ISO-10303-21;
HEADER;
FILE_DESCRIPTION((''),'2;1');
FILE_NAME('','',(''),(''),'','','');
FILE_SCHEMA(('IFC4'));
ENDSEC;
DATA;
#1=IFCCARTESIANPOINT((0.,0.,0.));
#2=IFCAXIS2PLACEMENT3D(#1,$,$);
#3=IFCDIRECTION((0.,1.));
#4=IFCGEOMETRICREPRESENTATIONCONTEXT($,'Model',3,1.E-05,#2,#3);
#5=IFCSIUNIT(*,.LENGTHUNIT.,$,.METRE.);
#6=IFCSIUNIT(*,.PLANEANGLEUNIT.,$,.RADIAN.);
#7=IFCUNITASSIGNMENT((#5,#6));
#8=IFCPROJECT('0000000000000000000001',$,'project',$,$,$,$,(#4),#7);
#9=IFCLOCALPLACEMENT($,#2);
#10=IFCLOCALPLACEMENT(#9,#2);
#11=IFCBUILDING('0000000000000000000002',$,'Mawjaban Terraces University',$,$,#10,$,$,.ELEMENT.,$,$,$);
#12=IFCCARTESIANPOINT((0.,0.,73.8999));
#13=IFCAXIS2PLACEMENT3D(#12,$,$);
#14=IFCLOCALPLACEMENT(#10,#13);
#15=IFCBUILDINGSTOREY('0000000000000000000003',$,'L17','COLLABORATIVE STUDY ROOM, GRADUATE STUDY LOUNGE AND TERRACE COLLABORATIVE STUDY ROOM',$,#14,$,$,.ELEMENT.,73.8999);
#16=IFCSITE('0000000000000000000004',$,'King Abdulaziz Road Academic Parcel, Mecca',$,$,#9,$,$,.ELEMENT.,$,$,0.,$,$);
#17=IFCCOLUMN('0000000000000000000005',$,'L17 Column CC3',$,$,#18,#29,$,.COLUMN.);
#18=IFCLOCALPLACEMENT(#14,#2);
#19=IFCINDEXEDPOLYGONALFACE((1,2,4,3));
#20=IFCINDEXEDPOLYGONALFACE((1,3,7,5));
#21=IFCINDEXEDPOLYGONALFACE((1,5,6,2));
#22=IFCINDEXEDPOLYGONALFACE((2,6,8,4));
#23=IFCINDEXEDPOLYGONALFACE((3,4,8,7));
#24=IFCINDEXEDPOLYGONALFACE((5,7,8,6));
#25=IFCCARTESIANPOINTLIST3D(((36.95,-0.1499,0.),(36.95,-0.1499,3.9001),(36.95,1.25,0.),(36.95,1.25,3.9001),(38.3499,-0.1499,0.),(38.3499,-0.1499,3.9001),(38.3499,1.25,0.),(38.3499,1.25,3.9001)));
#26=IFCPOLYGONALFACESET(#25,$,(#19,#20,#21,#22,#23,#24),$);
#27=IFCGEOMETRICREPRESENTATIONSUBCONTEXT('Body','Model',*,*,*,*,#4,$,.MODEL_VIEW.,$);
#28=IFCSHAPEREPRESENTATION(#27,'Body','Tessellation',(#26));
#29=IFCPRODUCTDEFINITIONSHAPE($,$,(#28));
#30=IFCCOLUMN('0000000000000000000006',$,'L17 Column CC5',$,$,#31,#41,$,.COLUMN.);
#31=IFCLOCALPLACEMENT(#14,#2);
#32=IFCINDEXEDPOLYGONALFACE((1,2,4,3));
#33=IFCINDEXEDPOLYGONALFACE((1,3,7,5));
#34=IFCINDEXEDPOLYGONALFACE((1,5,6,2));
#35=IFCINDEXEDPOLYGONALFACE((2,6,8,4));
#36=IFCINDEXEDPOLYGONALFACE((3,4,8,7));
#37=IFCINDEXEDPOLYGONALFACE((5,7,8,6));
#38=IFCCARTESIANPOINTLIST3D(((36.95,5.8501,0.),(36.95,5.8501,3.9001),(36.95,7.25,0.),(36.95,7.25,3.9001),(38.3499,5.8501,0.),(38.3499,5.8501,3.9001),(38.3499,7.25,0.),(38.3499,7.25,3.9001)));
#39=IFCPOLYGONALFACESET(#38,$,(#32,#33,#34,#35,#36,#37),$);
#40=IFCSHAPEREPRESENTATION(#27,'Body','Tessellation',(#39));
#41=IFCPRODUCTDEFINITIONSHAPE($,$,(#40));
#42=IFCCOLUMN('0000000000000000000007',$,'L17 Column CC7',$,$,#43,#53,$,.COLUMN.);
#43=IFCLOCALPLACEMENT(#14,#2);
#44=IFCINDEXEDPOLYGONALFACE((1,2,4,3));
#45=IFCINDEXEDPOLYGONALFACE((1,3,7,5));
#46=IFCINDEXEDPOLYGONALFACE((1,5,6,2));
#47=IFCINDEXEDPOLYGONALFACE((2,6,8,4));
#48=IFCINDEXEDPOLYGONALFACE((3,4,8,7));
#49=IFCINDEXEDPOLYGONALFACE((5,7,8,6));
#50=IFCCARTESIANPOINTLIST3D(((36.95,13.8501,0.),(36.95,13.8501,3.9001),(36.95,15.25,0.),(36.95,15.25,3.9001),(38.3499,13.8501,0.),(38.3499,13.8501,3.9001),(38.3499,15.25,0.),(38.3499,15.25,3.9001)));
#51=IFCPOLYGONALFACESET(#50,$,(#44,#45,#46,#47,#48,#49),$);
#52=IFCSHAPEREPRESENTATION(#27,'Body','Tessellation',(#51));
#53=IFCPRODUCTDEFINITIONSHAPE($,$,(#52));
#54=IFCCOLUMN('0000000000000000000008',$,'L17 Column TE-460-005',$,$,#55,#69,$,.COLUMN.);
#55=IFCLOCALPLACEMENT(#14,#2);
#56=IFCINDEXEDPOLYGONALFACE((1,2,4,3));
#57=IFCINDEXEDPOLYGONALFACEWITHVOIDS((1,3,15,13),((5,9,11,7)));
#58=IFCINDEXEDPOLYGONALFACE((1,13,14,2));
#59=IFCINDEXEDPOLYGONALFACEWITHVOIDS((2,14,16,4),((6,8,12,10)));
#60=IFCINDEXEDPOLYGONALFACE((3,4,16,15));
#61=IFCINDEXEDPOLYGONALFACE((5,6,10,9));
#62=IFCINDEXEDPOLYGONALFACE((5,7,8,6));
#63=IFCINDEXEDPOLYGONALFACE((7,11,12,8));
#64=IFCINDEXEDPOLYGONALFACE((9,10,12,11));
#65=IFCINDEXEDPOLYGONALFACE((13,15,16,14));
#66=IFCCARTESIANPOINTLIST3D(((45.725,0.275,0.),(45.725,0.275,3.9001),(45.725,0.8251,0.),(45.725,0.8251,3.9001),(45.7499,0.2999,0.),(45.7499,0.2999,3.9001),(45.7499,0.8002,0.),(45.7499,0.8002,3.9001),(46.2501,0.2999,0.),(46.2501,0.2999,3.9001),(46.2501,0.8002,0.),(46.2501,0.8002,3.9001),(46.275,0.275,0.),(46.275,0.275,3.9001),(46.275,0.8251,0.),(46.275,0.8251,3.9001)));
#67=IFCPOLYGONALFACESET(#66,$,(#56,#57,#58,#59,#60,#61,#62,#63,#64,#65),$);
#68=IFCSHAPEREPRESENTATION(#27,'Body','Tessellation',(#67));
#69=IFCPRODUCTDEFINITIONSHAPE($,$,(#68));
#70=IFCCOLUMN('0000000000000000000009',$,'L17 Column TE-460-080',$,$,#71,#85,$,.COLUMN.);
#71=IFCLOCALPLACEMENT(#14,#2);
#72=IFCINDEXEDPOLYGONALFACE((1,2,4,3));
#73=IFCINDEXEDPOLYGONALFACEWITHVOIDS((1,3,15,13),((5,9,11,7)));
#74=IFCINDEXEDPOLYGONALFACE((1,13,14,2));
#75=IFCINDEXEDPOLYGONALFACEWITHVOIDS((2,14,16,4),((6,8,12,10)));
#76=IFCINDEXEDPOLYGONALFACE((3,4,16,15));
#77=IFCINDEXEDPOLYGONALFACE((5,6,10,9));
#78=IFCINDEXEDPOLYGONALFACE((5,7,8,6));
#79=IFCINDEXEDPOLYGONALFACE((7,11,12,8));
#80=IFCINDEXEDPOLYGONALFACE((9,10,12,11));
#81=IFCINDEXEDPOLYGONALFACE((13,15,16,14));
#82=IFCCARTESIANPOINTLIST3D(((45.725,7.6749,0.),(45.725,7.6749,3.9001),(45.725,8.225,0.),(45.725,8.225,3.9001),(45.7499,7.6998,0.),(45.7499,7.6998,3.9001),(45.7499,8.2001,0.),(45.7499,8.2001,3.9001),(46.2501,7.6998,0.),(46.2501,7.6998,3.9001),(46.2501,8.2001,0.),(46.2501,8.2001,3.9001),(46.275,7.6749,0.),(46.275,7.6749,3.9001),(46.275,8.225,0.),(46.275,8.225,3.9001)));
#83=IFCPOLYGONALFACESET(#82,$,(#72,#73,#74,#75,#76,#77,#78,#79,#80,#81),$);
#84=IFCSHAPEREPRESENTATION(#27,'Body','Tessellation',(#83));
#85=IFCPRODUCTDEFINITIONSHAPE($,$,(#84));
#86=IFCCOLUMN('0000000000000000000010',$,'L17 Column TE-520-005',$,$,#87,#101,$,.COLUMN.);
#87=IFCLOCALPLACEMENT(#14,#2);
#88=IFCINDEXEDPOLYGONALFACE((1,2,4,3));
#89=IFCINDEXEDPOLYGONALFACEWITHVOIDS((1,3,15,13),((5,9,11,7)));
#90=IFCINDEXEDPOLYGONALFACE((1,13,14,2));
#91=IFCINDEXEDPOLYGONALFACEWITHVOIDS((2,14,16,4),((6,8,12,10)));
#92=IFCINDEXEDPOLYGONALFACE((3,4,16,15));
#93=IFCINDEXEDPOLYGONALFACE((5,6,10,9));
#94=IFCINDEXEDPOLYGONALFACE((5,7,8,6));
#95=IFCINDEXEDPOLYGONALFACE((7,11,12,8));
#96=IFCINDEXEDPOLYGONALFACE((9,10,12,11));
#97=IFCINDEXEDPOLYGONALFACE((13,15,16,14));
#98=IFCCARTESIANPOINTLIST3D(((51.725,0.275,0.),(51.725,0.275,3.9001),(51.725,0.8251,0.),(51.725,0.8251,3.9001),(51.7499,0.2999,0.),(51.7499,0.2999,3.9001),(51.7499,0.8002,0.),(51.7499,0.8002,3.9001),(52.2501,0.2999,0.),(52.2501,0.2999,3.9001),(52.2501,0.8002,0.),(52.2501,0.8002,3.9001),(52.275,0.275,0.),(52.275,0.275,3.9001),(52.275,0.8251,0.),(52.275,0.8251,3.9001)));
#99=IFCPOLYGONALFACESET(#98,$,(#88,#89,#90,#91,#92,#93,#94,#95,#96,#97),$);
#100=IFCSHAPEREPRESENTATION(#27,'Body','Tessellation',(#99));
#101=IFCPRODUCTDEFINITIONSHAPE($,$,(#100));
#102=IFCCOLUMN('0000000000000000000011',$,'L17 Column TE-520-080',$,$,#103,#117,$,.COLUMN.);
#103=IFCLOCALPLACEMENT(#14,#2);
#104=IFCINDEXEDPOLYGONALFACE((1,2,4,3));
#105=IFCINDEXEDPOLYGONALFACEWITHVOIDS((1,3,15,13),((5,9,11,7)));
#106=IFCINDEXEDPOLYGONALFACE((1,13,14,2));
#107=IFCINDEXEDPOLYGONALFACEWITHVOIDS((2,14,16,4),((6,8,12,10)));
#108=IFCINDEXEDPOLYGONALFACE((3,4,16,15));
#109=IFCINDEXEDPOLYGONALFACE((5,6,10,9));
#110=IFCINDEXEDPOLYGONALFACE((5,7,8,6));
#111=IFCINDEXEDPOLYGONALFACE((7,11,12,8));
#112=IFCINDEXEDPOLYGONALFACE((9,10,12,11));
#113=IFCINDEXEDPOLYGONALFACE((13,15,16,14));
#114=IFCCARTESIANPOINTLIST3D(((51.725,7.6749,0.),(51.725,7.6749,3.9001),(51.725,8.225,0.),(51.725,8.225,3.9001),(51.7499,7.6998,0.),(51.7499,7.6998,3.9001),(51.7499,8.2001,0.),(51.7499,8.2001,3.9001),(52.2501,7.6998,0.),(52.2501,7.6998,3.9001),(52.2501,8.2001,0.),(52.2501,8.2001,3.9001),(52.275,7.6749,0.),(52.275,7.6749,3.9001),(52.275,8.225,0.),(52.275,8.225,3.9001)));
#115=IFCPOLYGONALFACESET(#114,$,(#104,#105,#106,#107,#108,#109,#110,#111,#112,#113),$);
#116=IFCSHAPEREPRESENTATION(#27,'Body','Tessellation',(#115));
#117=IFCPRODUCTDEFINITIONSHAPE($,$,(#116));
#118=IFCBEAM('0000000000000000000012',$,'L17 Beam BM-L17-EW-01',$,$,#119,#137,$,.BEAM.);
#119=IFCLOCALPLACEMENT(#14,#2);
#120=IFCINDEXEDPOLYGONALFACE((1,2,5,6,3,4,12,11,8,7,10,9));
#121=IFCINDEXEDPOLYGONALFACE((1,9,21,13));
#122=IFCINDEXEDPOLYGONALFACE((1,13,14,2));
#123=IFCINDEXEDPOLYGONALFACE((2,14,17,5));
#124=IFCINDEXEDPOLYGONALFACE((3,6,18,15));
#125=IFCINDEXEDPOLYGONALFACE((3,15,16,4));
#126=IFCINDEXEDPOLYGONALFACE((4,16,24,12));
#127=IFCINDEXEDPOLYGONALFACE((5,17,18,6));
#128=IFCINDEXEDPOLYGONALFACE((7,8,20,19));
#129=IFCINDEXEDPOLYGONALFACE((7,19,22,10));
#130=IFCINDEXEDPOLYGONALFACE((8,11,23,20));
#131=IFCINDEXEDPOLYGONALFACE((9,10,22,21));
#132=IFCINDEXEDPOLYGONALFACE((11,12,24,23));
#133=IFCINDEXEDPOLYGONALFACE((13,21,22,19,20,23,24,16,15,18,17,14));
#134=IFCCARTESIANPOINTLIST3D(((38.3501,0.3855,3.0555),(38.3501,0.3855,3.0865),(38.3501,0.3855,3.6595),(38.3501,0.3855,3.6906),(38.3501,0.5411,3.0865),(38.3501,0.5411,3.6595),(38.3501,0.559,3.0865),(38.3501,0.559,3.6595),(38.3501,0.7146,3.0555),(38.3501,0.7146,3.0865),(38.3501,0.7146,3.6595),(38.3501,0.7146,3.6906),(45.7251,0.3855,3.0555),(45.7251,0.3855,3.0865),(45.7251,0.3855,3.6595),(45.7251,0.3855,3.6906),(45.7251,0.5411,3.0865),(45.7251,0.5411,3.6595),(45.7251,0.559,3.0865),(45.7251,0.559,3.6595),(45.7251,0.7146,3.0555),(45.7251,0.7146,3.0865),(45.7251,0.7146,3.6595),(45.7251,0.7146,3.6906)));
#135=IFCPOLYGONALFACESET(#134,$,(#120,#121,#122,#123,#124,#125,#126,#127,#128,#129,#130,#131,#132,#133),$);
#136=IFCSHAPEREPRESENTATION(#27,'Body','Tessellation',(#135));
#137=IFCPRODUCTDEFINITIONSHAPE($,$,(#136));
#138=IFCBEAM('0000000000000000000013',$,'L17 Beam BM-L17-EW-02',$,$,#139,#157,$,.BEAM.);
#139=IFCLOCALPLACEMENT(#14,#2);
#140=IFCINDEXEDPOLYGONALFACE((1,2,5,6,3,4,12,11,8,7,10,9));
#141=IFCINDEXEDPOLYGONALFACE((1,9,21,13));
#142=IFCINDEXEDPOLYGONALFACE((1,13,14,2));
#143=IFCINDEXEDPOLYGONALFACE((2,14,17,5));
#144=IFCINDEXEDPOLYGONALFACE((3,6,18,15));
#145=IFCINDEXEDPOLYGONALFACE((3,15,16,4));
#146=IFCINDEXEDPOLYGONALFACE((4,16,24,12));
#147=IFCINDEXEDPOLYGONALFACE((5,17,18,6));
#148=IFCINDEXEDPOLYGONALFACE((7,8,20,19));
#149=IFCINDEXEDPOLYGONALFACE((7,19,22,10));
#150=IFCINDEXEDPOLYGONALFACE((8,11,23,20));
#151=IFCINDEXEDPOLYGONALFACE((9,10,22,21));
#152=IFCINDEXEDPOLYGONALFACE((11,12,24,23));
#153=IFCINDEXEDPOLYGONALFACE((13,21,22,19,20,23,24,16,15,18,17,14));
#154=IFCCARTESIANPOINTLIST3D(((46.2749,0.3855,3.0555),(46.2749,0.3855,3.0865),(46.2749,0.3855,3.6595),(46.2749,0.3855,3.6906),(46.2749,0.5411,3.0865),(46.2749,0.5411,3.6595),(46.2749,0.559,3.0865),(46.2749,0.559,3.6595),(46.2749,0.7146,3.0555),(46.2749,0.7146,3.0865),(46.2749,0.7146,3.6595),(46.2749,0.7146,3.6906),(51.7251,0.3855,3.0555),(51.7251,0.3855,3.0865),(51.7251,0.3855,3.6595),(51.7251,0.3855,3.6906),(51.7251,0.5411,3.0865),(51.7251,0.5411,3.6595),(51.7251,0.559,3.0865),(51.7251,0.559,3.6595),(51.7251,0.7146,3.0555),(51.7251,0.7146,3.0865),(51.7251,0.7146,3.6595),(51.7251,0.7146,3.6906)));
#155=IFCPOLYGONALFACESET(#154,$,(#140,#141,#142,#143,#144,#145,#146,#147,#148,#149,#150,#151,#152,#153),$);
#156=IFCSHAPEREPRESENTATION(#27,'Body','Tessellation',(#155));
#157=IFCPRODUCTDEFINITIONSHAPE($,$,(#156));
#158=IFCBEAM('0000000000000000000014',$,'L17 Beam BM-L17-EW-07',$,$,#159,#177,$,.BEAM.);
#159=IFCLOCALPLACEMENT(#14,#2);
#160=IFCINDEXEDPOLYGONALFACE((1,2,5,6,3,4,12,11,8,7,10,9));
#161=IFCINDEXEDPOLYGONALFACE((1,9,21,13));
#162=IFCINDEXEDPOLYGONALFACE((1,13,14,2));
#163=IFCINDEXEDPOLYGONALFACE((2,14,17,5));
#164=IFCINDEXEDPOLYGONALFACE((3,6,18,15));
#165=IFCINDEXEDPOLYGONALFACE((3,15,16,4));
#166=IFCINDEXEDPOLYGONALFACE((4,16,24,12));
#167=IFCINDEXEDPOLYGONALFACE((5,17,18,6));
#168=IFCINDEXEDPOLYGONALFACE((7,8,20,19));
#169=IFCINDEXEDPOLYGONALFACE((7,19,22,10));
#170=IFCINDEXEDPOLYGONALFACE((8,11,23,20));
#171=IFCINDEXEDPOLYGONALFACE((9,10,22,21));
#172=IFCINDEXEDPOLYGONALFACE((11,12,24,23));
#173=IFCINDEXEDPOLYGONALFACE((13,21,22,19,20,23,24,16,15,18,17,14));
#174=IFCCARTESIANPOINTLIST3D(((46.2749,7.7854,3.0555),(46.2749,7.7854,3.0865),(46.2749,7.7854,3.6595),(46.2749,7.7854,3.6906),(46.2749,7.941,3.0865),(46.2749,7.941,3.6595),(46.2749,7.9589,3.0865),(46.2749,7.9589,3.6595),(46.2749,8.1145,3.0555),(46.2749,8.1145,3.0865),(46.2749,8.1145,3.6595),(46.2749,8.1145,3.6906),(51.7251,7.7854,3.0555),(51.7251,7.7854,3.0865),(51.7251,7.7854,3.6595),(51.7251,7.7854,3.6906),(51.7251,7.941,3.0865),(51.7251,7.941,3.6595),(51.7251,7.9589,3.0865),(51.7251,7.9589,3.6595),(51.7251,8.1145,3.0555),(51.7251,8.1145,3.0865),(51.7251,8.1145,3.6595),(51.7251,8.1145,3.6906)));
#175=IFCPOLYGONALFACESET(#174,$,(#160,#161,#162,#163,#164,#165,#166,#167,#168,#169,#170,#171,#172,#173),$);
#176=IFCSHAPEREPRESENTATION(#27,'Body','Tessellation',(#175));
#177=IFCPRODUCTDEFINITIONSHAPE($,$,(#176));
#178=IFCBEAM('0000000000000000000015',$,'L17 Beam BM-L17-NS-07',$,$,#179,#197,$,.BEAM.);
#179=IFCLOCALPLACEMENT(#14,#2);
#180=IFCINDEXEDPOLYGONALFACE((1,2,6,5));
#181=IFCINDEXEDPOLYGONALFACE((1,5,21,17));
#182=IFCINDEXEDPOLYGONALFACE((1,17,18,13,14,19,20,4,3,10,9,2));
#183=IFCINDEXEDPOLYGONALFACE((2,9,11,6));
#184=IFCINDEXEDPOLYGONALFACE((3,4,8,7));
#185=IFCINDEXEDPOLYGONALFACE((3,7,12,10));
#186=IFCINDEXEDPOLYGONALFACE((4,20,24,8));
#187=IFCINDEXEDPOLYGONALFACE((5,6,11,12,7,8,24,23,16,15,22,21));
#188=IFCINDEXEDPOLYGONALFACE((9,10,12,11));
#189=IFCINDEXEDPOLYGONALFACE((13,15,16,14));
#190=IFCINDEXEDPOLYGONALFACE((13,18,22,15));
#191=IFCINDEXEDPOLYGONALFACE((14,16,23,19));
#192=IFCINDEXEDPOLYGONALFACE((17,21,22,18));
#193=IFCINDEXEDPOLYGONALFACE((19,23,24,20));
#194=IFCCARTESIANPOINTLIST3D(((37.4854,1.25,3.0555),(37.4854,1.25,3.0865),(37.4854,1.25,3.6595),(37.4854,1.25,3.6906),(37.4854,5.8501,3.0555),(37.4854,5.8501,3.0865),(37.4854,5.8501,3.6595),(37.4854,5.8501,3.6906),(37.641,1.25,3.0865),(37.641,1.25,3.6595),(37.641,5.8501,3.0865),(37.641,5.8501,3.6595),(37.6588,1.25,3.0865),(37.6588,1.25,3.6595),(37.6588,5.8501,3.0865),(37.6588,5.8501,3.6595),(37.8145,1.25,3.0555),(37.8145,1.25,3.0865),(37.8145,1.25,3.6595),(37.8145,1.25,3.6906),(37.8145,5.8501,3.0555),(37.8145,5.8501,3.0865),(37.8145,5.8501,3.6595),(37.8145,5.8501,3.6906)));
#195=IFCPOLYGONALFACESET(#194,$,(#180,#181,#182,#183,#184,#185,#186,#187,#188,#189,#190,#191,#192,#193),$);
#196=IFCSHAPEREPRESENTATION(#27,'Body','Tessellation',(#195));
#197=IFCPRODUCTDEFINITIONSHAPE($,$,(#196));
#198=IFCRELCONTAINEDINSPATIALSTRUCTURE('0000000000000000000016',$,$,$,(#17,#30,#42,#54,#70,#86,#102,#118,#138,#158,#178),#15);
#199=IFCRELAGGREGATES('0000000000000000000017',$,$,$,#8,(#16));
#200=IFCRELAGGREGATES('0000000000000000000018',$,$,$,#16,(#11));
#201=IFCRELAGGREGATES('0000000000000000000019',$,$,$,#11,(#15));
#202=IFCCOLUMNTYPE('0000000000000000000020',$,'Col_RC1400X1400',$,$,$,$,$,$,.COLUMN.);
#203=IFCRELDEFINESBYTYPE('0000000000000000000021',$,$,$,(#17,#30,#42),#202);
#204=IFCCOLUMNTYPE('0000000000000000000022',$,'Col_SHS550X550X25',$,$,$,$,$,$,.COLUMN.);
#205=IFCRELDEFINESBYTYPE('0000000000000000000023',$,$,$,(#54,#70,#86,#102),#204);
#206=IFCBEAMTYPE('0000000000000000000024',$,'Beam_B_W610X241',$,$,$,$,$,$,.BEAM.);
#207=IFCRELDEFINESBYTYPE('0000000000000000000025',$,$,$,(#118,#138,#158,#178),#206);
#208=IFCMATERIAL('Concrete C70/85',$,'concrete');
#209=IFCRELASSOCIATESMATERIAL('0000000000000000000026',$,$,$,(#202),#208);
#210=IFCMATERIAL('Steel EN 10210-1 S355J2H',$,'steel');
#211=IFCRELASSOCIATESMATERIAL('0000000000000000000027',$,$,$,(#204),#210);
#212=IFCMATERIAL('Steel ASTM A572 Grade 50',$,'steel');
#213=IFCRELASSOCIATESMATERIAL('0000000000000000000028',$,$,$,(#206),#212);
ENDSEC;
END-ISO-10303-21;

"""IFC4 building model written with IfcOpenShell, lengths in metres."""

from ifc_helpers import new_model, si_unit, direction, frame, origin, origin_2d, place, context, subcontext, project, spatial, rectangle, hollow_rectangle, i_section, extrude, material, material_profile, profile_set, type_object, element, save


model = new_model("IFC4")

# Units and contexts
model_context = context("Model", 3, precision=1e-05, world=origin(), true_north=direction((0.0, 1.0)))
body_context = subcontext(model_context, "Body", "Model", "MODEL_VIEW")
ifc_project = project(units=[si_unit("LENGTHUNIT", "METRE"), si_unit("PLANEANGLEUNIT", "RADIAN")], contexts=[model_context])

# Site, building, storey
site_placement = place(None, origin())
site = spatial("IfcSite", under=ifc_project, at=site_placement, Name="King Abdulaziz Road Academic Parcel, Mecca", CompositionType="ELEMENT", RefElevation=0.0)
building_placement = place(site_placement, origin())
building = spatial("IfcBuilding", under=site, at=building_placement, Name="Mawjaban Terraces University", CompositionType="ELEMENT")
storey_placement = place(building_placement, frame((0.0, 0.0, 73.8999)))
storey = spatial("IfcBuildingStorey", under=building, at=storey_placement, Name="L17", Description="COLLABORATIVE STUDY ROOM, GRADUATE STUDY LOUNGE AND TERRACE COLLABORATIVE STUDY ROOM", CompositionType="ELEMENT", Elevation=73.8999)

# Columns
ifc_material_1 = material(Name="Concrete C70/85", Category="concrete")
ifc_material_profile_1 = material_profile(ifc_material_1, rectangle(XDim=1.3999, YDim=1.3999, at=origin_2d()), Name="RC1400X1400")
ifc_profile_set_1 = profile_set([ifc_material_profile_1], Name="Concrete C70/85")
column_type_1 = type_object("IfcColumnType", Name="Col_RC1400X1400", PredefinedType="COLUMN", material=ifc_profile_set_1)
for number, where, z_axis, x_axis, name in (
    (1, (37.6499, 0.55, 0.0), (0.0, 0.0, 1.0), (1.0, 0.0, 0.0), "L17 Column CC3"),
    (2, (37.6499, 6.55, 0.0), (0.0, 0.0, 1.0), (1.0, 0.0, 0.0), "L17 Column CC5"),
    (3, (37.6499, 14.55, 0.0), (0.0, 0.0, 1.0), (1.0, 0.0, 0.0), "L17 Column CC7"),
):
    element("IfcColumn", number, at=place(storey_placement, frame(where, z_axis=z_axis, x_axis=x_axis)), inside=storey, type_object=column_type_1, Name=name, PredefinedType="COLUMN", context=body_context, shape_type="SweptSolid", body=[
        extrude(rectangle(XDim=1.3999, YDim=1.3999, at=origin_2d()), origin(), (0.0, 0.0, 1.0), 3.9001),
    ])
ifc_material_2 = material(Name="Steel EN 10210-1 S355J2H", Category="steel")
ifc_material_profile_2 = material_profile(ifc_material_2, hollow_rectangle(XDim=0.55, YDim=0.55, WallThickness=0.0249, at=origin_2d()), Name="SHS550X550X25")
ifc_profile_set_2 = profile_set([ifc_material_profile_2], Name="Steel EN 10210-1 S355J2H")
column_type_2 = type_object("IfcColumnType", Name="Col_SHS550X550X25", PredefinedType="COLUMN", material=ifc_profile_set_2)
for number, where, z_axis, x_axis, name in (
    (4, (46.0, 0.55, 0.0), (0.0, 0.0, 1.0), (1.0, 0.0, 0.0), "L17 Column TE-460-005"),
    (5, (46.0, 7.95, 0.0), (0.0, 0.0, 1.0), (1.0, 0.0, 0.0), "L17 Column TE-460-080"),
    (6, (52.0, 0.55, 0.0), (0.0, 0.0, 1.0), (1.0, 0.0, 0.0), "L17 Column TE-520-005"),
    (7, (52.0, 7.95, 0.0), (0.0, 0.0, 1.0), (1.0, 0.0, 0.0), "L17 Column TE-520-080"),
):
    element("IfcColumn", number, at=place(storey_placement, frame(where, z_axis=z_axis, x_axis=x_axis)), inside=storey, type_object=column_type_2, Name=name, PredefinedType="COLUMN", context=body_context, shape_type="SweptSolid", body=[
        extrude(hollow_rectangle(XDim=0.55, YDim=0.55, WallThickness=0.0249, at=origin_2d()), origin(), (0.0, 0.0, 1.0), 3.9001),
    ])

# Beams
ifc_material_3 = material(Name="Steel ASTM A572 Grade 50", Category="steel")
ifc_material_profile_3 = material_profile(ifc_material_3, i_section(OverallWidth=0.3291, OverallDepth=0.635, WebThickness=0.0178, FlangeThickness=0.031, at=origin_2d()), Name="W610X241")
ifc_profile_set_3 = profile_set([ifc_material_profile_3], Name="Steel ASTM A572 Grade 50")
beam_type_1 = type_object("IfcBeamType", Name="Beam_B_W610X241", PredefinedType="BEAM", material=ifc_profile_set_3)
beam_1_placement = place(storey_placement, frame((38.3501, 0.55, 3.373), z_axis=(1.0, 0.0, 0.0), x_axis=(0.0, 1.0, 0.0)))
element("IfcBeam", 8, at=beam_1_placement, inside=storey, type_object=beam_type_1, Name="L17 Beam BM-L17-EW-01", PredefinedType="BEAM", context=body_context, shape_type="SweptSolid", body=[
    extrude(i_section(OverallWidth=0.3291, OverallDepth=0.635, WebThickness=0.0178, FlangeThickness=0.031, at=origin_2d()), origin(), (0.0, 0.0, 1.0), 7.375),
])
for number, where, z_axis, x_axis, name in (
    (9, (46.2749, 0.55, 3.373), (1.0, 0.0, 0.0), (0.0, 1.0, 0.0), "L17 Beam BM-L17-EW-02"),
    (10, (46.2749, 7.95, 3.373), (1.0, 0.0, 0.0), (0.0, 1.0, 0.0), "L17 Beam BM-L17-EW-07"),
):
    element("IfcBeam", number, at=place(storey_placement, frame(where, z_axis=z_axis, x_axis=x_axis)), inside=storey, type_object=beam_type_1, Name=name, PredefinedType="BEAM", context=body_context, shape_type="SweptSolid", body=[
        extrude(i_section(OverallWidth=0.3291, OverallDepth=0.635, WebThickness=0.0178, FlangeThickness=0.031, at=origin_2d()), origin(), (0.0, 0.0, 1.0), 5.4502),
    ])
beam_2_placement = place(storey_placement, frame((37.6499, 1.25, 3.373), z_axis=(0.0, 1.0, 0.0), x_axis=(-1.0, 0.0, 0.0)))
element("IfcBeam", 11, at=beam_2_placement, inside=storey, type_object=beam_type_1, Name="L17 Beam BM-L17-NS-07", PredefinedType="BEAM", context=body_context, shape_type="SweptSolid", body=[
    extrude(i_section(OverallWidth=0.3291, OverallDepth=0.635, WebThickness=0.0178, FlangeThickness=0.031, at=origin_2d()), origin(), (0.0, 0.0, 1.0), 4.6001),
])

save(model, "model.ifc")
